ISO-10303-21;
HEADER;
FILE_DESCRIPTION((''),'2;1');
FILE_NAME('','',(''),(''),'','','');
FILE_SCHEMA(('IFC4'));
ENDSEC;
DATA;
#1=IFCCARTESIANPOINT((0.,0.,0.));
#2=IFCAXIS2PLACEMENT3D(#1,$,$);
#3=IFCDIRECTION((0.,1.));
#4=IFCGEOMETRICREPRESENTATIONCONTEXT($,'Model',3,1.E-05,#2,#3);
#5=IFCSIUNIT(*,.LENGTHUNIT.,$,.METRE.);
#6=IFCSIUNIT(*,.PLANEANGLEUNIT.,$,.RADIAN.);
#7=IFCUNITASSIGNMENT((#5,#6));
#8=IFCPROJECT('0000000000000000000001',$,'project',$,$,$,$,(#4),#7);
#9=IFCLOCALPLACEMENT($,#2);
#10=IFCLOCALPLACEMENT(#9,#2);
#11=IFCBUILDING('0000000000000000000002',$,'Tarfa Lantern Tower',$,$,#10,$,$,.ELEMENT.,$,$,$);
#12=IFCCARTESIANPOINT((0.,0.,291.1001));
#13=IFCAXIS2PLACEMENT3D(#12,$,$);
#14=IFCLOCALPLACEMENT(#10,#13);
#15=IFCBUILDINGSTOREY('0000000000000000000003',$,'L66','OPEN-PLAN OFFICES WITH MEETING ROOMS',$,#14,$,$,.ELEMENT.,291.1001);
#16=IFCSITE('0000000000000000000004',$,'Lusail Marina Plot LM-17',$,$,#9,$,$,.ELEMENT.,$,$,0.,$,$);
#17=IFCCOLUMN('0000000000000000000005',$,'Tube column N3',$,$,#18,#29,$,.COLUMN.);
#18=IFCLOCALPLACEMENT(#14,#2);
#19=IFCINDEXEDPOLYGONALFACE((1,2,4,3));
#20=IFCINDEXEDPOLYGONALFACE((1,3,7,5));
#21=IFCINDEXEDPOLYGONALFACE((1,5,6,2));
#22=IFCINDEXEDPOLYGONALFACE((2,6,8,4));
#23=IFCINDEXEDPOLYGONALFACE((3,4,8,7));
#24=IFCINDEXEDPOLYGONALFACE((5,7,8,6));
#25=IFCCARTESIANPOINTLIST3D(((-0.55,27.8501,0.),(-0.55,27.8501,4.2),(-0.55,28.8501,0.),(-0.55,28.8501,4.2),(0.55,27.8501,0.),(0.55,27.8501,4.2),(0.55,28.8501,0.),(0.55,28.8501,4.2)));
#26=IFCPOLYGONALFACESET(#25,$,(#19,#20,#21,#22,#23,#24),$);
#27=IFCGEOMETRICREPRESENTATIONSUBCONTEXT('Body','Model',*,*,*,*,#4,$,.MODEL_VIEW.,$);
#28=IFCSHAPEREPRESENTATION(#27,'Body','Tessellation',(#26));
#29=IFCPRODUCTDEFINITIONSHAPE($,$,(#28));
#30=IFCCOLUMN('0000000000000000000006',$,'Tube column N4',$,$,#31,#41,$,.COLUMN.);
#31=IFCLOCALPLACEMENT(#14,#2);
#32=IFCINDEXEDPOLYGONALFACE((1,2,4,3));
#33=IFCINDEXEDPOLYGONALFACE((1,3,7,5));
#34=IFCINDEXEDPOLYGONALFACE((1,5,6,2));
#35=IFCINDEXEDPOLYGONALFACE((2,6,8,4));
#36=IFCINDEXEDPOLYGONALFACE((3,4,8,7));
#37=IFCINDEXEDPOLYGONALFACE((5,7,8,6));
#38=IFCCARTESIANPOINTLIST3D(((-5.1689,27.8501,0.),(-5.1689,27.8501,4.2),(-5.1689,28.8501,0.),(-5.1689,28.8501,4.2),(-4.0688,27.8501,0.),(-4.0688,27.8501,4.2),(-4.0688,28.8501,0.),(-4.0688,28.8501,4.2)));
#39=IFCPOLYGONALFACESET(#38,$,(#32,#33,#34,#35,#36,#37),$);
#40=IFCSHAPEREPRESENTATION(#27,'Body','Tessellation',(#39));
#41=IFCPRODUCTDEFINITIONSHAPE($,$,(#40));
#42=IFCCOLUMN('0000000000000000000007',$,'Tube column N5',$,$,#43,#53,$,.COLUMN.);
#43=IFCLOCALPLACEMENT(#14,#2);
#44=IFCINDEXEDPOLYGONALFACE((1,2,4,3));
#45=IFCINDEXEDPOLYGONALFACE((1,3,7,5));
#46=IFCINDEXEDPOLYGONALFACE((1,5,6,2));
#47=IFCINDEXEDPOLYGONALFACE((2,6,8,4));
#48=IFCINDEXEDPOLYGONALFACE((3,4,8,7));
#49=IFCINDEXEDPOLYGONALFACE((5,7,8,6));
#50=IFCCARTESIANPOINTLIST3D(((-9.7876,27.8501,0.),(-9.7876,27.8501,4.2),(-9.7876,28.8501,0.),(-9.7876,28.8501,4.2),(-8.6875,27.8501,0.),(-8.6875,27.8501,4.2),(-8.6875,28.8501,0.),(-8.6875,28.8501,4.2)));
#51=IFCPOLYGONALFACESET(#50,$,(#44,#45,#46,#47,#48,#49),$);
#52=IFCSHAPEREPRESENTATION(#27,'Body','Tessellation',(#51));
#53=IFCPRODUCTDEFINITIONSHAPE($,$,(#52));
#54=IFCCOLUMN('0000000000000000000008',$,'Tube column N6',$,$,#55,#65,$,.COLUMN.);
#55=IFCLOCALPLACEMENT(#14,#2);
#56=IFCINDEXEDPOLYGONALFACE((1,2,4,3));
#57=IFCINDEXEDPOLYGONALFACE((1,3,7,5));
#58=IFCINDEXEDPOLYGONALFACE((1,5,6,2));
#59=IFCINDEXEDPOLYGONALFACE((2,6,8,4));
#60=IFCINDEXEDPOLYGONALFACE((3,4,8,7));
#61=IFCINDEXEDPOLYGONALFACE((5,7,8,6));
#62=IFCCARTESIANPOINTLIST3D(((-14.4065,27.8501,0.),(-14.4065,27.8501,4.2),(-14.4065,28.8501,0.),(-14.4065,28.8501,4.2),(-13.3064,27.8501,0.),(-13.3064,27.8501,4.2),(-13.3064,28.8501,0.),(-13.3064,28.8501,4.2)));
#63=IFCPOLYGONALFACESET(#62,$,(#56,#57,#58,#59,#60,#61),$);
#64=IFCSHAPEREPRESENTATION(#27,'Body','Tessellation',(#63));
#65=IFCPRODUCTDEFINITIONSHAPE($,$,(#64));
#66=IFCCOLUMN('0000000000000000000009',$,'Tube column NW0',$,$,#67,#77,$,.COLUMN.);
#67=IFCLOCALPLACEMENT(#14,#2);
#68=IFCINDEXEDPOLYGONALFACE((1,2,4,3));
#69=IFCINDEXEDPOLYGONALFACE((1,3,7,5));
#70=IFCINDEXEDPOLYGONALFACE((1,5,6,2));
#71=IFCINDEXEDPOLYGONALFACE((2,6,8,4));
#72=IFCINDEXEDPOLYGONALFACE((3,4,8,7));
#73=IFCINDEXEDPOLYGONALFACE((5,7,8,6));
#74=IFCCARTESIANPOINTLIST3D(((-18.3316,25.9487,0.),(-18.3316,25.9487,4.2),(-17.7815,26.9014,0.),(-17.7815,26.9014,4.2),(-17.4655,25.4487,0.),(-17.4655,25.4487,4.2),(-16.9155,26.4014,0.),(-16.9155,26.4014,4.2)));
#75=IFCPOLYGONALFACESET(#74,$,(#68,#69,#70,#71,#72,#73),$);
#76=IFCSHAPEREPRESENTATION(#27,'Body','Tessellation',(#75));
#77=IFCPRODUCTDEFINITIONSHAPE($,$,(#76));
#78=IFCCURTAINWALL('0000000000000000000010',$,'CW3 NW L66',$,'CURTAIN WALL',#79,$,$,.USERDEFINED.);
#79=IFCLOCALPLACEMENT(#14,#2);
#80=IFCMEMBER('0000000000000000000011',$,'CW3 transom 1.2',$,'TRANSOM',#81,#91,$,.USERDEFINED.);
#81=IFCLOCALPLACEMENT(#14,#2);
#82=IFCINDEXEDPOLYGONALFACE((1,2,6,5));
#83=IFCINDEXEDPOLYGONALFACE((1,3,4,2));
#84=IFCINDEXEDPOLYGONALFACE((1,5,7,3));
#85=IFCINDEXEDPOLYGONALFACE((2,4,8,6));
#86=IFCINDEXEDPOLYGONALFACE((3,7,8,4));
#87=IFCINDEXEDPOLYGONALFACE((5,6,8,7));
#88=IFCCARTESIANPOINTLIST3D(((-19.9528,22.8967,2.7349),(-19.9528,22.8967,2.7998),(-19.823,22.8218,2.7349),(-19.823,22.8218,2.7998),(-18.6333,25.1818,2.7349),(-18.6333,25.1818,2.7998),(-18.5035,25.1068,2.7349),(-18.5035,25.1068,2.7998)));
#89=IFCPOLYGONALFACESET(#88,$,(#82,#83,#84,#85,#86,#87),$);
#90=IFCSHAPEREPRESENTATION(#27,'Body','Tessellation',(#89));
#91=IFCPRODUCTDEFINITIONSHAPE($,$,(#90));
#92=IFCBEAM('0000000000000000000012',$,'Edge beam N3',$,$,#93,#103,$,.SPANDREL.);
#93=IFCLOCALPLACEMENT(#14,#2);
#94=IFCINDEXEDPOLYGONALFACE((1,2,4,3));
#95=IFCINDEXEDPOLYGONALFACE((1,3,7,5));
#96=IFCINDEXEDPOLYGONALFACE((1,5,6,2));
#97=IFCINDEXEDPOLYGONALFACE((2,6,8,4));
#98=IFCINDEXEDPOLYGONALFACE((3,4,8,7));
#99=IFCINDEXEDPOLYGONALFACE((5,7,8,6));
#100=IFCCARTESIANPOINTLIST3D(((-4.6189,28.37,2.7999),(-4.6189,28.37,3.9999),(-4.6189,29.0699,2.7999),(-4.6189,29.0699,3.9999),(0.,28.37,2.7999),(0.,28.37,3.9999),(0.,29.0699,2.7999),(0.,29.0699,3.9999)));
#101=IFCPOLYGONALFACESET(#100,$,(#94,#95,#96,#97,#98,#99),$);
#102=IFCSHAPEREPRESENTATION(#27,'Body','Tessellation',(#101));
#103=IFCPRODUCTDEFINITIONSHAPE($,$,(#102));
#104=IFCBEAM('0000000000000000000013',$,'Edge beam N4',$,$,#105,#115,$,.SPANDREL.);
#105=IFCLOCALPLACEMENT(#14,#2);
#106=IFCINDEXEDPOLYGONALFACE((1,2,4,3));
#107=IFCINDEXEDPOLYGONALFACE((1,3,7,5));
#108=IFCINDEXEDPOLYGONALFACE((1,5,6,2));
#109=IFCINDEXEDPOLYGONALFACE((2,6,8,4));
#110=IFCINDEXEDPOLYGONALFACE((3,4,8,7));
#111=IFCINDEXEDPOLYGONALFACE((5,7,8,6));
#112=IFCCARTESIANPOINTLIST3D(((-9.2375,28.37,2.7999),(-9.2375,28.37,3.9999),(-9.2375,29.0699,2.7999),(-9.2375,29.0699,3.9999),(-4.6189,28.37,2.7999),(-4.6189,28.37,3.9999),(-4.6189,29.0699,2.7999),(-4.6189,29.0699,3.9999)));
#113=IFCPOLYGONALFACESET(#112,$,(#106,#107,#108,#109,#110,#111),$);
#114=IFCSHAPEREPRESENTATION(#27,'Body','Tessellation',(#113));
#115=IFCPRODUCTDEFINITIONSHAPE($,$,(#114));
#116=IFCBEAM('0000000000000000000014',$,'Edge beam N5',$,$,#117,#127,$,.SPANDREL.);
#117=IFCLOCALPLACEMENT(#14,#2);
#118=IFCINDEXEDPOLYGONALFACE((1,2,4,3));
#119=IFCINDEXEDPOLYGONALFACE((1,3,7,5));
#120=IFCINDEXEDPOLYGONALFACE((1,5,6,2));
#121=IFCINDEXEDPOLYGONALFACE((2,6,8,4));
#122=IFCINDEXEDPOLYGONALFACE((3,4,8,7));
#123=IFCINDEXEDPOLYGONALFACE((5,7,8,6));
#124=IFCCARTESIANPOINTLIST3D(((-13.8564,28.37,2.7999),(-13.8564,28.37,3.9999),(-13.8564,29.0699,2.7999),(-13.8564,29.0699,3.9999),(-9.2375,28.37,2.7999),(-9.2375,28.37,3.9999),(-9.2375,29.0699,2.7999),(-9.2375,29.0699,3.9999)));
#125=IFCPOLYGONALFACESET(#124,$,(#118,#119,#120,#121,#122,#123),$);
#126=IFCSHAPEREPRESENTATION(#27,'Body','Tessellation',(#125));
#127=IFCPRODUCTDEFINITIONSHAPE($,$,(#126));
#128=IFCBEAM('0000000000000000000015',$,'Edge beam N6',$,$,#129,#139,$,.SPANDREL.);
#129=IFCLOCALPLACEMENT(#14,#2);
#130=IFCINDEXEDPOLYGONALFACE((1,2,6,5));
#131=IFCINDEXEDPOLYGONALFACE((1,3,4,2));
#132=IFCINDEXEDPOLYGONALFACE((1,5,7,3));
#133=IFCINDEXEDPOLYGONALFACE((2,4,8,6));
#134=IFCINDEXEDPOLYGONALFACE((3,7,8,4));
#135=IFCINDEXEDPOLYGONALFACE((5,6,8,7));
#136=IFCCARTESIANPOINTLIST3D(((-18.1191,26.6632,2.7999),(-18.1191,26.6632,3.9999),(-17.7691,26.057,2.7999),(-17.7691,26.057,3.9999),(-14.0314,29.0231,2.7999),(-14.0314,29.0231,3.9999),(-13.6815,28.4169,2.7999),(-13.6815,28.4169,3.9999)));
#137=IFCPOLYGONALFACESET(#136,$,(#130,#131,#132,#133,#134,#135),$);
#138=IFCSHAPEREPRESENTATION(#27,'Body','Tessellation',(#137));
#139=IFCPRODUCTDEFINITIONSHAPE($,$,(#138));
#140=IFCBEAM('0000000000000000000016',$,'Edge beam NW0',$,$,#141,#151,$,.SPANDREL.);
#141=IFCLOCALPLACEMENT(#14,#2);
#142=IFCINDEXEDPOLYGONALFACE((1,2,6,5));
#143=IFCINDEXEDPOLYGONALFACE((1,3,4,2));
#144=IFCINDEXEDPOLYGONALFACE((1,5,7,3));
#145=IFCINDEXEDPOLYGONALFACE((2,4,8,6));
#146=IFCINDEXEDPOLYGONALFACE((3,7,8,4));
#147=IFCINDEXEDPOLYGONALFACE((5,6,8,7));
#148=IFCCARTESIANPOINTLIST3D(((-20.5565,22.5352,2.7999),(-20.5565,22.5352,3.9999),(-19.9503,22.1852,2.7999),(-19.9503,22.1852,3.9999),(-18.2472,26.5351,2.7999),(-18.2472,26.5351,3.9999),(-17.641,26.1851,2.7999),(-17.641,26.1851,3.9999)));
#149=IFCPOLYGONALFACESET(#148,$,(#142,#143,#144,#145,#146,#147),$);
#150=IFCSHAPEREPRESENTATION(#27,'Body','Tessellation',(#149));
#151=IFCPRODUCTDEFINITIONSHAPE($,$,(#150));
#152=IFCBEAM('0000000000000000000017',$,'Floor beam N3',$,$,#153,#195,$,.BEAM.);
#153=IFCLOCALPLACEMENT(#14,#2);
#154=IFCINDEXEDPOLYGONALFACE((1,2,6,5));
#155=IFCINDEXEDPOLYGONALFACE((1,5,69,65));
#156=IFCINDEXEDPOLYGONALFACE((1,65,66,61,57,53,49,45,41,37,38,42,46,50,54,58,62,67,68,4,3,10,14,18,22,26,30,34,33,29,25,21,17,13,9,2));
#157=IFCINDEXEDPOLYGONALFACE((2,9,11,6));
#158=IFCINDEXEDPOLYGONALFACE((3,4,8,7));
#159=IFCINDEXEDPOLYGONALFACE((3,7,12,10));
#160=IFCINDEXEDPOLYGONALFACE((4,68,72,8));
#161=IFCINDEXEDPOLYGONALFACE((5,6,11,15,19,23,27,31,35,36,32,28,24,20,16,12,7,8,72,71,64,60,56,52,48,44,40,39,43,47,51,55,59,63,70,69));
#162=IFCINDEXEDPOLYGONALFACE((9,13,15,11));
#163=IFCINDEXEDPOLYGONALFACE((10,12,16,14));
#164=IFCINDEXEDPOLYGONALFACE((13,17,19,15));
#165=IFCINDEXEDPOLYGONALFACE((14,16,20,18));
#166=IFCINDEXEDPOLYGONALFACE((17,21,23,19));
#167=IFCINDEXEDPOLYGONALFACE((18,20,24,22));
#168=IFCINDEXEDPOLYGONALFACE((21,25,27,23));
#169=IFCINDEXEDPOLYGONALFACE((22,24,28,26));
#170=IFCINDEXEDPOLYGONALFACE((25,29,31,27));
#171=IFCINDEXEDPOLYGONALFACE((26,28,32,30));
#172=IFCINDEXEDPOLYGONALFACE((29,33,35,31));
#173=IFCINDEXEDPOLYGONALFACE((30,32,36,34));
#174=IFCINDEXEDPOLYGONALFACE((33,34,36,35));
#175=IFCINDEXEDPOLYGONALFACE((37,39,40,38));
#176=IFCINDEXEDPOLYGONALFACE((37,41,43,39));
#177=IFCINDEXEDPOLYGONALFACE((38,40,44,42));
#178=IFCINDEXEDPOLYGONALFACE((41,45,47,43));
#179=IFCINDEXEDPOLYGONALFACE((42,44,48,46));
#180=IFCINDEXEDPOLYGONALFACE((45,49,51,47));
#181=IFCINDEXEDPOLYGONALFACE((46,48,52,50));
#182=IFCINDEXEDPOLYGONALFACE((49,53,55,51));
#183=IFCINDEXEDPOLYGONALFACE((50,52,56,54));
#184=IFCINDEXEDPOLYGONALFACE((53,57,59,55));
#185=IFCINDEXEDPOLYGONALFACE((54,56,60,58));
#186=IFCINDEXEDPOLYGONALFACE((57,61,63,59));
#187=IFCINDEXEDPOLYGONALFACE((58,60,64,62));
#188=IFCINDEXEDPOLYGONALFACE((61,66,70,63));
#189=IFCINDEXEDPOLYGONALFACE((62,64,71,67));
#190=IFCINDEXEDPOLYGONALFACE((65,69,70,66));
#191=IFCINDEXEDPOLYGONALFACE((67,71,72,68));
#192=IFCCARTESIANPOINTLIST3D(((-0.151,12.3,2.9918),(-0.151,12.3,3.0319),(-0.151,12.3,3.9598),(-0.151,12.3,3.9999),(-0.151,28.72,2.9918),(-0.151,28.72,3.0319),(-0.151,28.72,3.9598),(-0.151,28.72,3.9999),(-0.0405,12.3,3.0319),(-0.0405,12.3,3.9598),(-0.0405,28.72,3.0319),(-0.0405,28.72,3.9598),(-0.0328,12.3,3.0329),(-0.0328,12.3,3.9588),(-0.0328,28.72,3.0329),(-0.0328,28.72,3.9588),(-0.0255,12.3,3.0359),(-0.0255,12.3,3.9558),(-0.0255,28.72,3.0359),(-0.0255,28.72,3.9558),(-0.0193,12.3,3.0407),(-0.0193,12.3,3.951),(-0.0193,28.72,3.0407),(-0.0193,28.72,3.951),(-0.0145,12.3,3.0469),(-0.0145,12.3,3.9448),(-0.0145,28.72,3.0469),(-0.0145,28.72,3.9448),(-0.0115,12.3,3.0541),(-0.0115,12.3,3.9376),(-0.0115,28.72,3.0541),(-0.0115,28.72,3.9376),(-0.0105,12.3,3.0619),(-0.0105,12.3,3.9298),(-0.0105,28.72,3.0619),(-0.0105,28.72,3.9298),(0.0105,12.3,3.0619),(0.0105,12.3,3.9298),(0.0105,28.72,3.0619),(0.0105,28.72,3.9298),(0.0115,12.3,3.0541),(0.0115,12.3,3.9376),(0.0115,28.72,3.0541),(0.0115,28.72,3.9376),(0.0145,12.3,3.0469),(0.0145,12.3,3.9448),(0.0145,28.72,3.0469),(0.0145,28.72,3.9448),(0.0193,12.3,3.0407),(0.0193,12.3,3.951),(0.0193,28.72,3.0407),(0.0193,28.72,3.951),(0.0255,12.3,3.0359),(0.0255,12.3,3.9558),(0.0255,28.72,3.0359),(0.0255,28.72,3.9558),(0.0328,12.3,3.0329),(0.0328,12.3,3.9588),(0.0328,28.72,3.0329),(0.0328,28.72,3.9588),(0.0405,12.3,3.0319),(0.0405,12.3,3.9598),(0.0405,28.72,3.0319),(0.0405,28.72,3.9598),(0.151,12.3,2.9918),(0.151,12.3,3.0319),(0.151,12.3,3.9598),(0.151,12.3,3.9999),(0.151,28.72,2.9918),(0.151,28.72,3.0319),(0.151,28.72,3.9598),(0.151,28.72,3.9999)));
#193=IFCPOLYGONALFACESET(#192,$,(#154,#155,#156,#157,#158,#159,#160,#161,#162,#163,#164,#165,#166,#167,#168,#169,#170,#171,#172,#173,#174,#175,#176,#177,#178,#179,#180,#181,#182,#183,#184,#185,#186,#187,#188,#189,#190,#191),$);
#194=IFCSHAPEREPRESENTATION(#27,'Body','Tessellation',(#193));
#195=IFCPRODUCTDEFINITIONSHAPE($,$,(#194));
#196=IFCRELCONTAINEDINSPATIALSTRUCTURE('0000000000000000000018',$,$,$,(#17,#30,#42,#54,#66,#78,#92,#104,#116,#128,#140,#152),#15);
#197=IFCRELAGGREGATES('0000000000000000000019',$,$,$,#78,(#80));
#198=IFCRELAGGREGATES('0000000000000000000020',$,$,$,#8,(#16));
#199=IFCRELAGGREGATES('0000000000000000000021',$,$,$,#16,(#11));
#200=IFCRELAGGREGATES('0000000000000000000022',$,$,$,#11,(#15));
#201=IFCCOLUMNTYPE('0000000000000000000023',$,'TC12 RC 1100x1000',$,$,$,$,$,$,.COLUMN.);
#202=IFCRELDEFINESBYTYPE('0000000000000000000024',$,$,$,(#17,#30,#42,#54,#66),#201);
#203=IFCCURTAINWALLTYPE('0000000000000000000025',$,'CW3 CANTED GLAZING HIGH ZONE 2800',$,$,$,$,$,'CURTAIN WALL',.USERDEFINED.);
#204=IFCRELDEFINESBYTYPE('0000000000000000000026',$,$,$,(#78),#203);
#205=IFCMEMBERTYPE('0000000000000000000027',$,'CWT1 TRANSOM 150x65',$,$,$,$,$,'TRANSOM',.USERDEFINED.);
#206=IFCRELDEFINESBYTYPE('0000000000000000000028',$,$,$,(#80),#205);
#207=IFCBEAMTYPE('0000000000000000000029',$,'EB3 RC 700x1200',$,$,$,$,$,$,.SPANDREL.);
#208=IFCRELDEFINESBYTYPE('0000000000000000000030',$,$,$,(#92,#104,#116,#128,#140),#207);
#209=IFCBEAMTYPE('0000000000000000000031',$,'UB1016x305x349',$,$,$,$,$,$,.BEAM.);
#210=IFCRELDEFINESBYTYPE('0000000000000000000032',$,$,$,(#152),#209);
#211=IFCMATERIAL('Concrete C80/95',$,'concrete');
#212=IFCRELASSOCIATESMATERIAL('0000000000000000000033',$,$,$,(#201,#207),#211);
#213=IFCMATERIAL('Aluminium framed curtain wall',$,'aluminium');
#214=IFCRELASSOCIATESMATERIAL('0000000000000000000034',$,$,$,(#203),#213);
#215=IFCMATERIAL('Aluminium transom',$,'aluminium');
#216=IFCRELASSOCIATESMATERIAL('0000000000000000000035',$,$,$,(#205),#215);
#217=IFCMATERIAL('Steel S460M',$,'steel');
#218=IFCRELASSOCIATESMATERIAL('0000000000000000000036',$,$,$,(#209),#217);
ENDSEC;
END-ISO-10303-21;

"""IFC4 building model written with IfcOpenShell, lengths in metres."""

from ifc_helpers import new_model, si_unit, direction, frame, origin, origin_2d, place, context, subcontext, project, spatial, rectangle, i_section, extrude, material, material_profile, profile_set, type_object, element, aggregate, save


model = new_model("IFC4")

# Units and contexts
model_context = context("Model", 3, precision=1e-05, world=origin(), true_north=direction((0.0, 1.0)))
body_context = subcontext(model_context, "Body", "Model", "MODEL_VIEW")
ifc_project = project(units=[si_unit("LENGTHUNIT", "METRE"), si_unit("PLANEANGLEUNIT", "RADIAN")], contexts=[model_context])

# Site, building, storey
site_placement = place(None, origin())
site = spatial("IfcSite", under=ifc_project, at=site_placement, Name="Lusail Marina Plot LM-17", CompositionType="ELEMENT", RefElevation=0.0)
building_placement = place(site_placement, origin())
building = spatial("IfcBuilding", under=site, at=building_placement, Name="Tarfa Lantern Tower", CompositionType="ELEMENT")
storey_placement = place(building_placement, frame((0.0, 0.0, 291.1001)))
storey = spatial("IfcBuildingStorey", under=building, at=storey_placement, Name="L66", Description="OPEN-PLAN OFFICES WITH MEETING ROOMS", CompositionType="ELEMENT", Elevation=291.1001)

# Columns
ifc_material_1 = material(Name="Concrete C80/95", Category="concrete")
ifc_material_profile_1 = material_profile(ifc_material_1, rectangle(XDim=1.1001, YDim=1.0, at=origin_2d()), Name="RC 1100x1000")
ifc_profile_set_1 = profile_set([ifc_material_profile_1], Name="Concrete C80/95")
column_type = type_object("IfcColumnType", Name="TC12 RC 1100x1000", PredefinedType="COLUMN", material=ifc_profile_set_1)
for number, where, z_axis, x_axis, name in (
    (1, (0.0, 28.3501, 0.0), (0.0, 0.0, 1.0), (-1.0, 0.0, 0.0), "Tube column N3"),
    (2, (-4.6189, 28.3501, 0.0), (0.0, 0.0, 1.0), (-1.0, 0.0, 0.0), "Tube column N4"),
    (3, (-9.2375, 28.3501, 0.0), (0.0, 0.0, 1.0), (-1.0, 0.0, 0.0), "Tube column N5"),
    (4, (-13.8564, 28.3501, 0.0), (0.0, 0.0, 1.0), (-1.0, 0.0, 0.0), "Tube column N6"),
    (5, (-17.6235, 26.175, 0.0), (0.0, 0.0, 1.0), (-0.5, -0.866025, 0.0), "Tube column NW0"),
):
    element("IfcColumn", number, at=place(storey_placement, frame(where, z_axis=z_axis, x_axis=x_axis)), inside=storey, type_object=column_type, Name=name, PredefinedType="COLUMN", context=body_context, shape_type="SweptSolid", body=[
        extrude(rectangle(XDim=1.1001, YDim=1.0, at=origin_2d()), origin(), (0.0, 0.0, 1.0), 4.2),
    ])

# Curtain wall, member
ifc_material_2 = material(Name="Aluminium framed curtain wall", Category="aluminium")
curtain_wall_type = type_object("IfcCurtainWallType", Name="CW3 CANTED GLAZING HIGH ZONE 2800", ElementType="CURTAIN WALL", PredefinedType="USERDEFINED", material=ifc_material_2)
curtain_wall_placement = place(storey_placement, origin())
curtain_wall = element("IfcCurtainWall", 6, at=curtain_wall_placement, inside=storey, type_object=curtain_wall_type, Name="CW3 NW L66", ObjectType="CURTAIN WALL", PredefinedType="USERDEFINED")
ifc_material_3 = material(Name="Aluminium transom", Category="aluminium")
ifc_material_profile_2 = material_profile(ifc_material_3, rectangle(XDim=0.1499, YDim=0.0649, at=origin_2d()), Name="AL TRANSOM 150x65")
ifc_profile_set_2 = profile_set([ifc_material_profile_2], Name="Aluminium transom")
member_type = type_object("IfcMemberType", Name="CWT1 TRANSOM 150x65", ElementType="TRANSOM", PredefinedType="USERDEFINED", material=ifc_profile_set_2)
member_placement = place(storey_placement, frame((-18.5684, 25.1443, 2.7673), z_axis=(-0.500069, -0.865985, 0.0), x_axis=(0.865985, -0.500069, 0.0)))
member = element("IfcMember", 7, at=member_placement, type_object=member_type, Name="CW3 transom 1.2", ObjectType="TRANSOM", PredefinedType="USERDEFINED", context=body_context, shape_type="SweptSolid", body=[
    extrude(rectangle(XDim=0.1499, YDim=0.0649, at=origin_2d()), origin(), (0.0, 0.0, 1.0), 2.6387),
])
aggregate(curtain_wall, [member])

# Beams
ifc_material_profile_3 = material_profile(ifc_material_1, rectangle(XDim=0.7, YDim=1.2, at=origin_2d()), Name="RC 700x1200")
ifc_profile_set_3 = profile_set([ifc_material_profile_3], Name="Concrete C80/95")
beam_type_1 = type_object("IfcBeamType", Name="EB3 RC 700x1200", PredefinedType="SPANDREL", material=ifc_profile_set_3)
beam_1_placement = place(storey_placement, frame((0.0, 28.72, 3.3999), z_axis=(-1.0, 0.0, 0.0), x_axis=(0.0, -1.0, 0.0)))
element("IfcBeam", 8, at=beam_1_placement, inside=storey, type_object=beam_type_1, Name="Edge beam N3", PredefinedType="SPANDREL", context=body_context, shape_type="SweptSolid", body=[
    extrude(rectangle(XDim=0.7, YDim=1.2, at=origin_2d()), origin(), (0.0, 0.0, 1.0), 4.6189),
])
beam_2_placement = place(storey_placement, frame((-4.6189, 28.72, 3.3999), z_axis=(-1.0, 0.0, 0.0), x_axis=(0.0, -1.0, 0.0)))
element("IfcBeam", 9, at=beam_2_placement, inside=storey, type_object=beam_type_1, Name="Edge beam N4", PredefinedType="SPANDREL", context=body_context, shape_type="SweptSolid", body=[
    extrude(rectangle(XDim=0.7, YDim=1.2, at=origin_2d()), origin(), (0.0, 0.0, 1.0), 4.6187),
])
beam_3_placement = place(storey_placement, frame((-9.2375, 28.72, 3.3999), z_axis=(-1.0, 0.0, 0.0), x_axis=(0.0, -1.0, 0.0)))
element("IfcBeam", 10, at=beam_3_placement, inside=storey, type_object=beam_type_1, Name="Edge beam N5", PredefinedType="SPANDREL", context=body_context, shape_type="SweptSolid", body=[
    extrude(rectangle(XDim=0.7, YDim=1.2, at=origin_2d()), origin(), (0.0, 0.0, 1.0), 4.6189),
])
beam_4_placement = place(storey_placement, frame((-13.8564, 28.72, 3.3999), z_axis=(-0.866038, -0.499978, 0.0), x_axis=(0.499978, -0.866038, 0.0)))
element("IfcBeam", 11, at=beam_4_placement, inside=storey, type_object=beam_type_1, Name="Edge beam N6", PredefinedType="SPANDREL", context=body_context, shape_type="SweptSolid", body=[
    extrude(rectangle(XDim=0.7, YDim=1.2, at=origin_2d()), origin(), (0.0, 0.0, 1.0), 4.72),
])
beam_5_placement = place(storey_placement, frame((-17.9441, 26.3601, 3.3999), z_axis=(-0.499988, -0.866032, 0.0), x_axis=(0.866032, -0.499988, 0.0)))
element("IfcBeam", 12, at=beam_5_placement, inside=storey, type_object=beam_type_1, Name="Edge beam NW0", PredefinedType="SPANDREL", context=body_context, shape_type="SweptSolid", body=[
    extrude(rectangle(XDim=0.7, YDim=1.2, at=origin_2d()), origin(), (0.0, 0.0, 1.0), 4.6187),
])
ifc_material_4 = material(Name="Steel S460M", Category="steel")
ifc_material_profile_4 = material_profile(ifc_material_4, i_section(OverallWidth=0.302, OverallDepth=1.0081, WebThickness=0.021, FlangeThickness=0.04, FilletRadius=0.03, at=origin_2d()), Name="UB1016x305x349")
ifc_profile_set_4 = profile_set([ifc_material_profile_4], Name="Steel S460M")
beam_type_2 = type_object("IfcBeamType", Name="UB1016x305x349", PredefinedType="BEAM", material=ifc_profile_set_4)
for number, where, z_axis, x_axis, name in (
    (13, (0.0, 28.72, 3.4958), (0.0, -1.0, 0.0), (1.0, 0.0, 0.0), "Floor beam N3"),
):
    element("IfcBeam", number, at=place(storey_placement, frame(where, z_axis=z_axis, x_axis=x_axis)), inside=storey, type_object=beam_type_2, Name=name, PredefinedType="BEAM", context=body_context, shape_type="SweptSolid", body=[
        extrude(i_section(OverallWidth=0.302, OverallDepth=1.0081, WebThickness=0.021, FlangeThickness=0.04, FilletRadius=0.03, at=origin_2d()), origin(), (0.0, 0.0, 1.0), 16.4199),
    ])

save(model, "model.ifc")
